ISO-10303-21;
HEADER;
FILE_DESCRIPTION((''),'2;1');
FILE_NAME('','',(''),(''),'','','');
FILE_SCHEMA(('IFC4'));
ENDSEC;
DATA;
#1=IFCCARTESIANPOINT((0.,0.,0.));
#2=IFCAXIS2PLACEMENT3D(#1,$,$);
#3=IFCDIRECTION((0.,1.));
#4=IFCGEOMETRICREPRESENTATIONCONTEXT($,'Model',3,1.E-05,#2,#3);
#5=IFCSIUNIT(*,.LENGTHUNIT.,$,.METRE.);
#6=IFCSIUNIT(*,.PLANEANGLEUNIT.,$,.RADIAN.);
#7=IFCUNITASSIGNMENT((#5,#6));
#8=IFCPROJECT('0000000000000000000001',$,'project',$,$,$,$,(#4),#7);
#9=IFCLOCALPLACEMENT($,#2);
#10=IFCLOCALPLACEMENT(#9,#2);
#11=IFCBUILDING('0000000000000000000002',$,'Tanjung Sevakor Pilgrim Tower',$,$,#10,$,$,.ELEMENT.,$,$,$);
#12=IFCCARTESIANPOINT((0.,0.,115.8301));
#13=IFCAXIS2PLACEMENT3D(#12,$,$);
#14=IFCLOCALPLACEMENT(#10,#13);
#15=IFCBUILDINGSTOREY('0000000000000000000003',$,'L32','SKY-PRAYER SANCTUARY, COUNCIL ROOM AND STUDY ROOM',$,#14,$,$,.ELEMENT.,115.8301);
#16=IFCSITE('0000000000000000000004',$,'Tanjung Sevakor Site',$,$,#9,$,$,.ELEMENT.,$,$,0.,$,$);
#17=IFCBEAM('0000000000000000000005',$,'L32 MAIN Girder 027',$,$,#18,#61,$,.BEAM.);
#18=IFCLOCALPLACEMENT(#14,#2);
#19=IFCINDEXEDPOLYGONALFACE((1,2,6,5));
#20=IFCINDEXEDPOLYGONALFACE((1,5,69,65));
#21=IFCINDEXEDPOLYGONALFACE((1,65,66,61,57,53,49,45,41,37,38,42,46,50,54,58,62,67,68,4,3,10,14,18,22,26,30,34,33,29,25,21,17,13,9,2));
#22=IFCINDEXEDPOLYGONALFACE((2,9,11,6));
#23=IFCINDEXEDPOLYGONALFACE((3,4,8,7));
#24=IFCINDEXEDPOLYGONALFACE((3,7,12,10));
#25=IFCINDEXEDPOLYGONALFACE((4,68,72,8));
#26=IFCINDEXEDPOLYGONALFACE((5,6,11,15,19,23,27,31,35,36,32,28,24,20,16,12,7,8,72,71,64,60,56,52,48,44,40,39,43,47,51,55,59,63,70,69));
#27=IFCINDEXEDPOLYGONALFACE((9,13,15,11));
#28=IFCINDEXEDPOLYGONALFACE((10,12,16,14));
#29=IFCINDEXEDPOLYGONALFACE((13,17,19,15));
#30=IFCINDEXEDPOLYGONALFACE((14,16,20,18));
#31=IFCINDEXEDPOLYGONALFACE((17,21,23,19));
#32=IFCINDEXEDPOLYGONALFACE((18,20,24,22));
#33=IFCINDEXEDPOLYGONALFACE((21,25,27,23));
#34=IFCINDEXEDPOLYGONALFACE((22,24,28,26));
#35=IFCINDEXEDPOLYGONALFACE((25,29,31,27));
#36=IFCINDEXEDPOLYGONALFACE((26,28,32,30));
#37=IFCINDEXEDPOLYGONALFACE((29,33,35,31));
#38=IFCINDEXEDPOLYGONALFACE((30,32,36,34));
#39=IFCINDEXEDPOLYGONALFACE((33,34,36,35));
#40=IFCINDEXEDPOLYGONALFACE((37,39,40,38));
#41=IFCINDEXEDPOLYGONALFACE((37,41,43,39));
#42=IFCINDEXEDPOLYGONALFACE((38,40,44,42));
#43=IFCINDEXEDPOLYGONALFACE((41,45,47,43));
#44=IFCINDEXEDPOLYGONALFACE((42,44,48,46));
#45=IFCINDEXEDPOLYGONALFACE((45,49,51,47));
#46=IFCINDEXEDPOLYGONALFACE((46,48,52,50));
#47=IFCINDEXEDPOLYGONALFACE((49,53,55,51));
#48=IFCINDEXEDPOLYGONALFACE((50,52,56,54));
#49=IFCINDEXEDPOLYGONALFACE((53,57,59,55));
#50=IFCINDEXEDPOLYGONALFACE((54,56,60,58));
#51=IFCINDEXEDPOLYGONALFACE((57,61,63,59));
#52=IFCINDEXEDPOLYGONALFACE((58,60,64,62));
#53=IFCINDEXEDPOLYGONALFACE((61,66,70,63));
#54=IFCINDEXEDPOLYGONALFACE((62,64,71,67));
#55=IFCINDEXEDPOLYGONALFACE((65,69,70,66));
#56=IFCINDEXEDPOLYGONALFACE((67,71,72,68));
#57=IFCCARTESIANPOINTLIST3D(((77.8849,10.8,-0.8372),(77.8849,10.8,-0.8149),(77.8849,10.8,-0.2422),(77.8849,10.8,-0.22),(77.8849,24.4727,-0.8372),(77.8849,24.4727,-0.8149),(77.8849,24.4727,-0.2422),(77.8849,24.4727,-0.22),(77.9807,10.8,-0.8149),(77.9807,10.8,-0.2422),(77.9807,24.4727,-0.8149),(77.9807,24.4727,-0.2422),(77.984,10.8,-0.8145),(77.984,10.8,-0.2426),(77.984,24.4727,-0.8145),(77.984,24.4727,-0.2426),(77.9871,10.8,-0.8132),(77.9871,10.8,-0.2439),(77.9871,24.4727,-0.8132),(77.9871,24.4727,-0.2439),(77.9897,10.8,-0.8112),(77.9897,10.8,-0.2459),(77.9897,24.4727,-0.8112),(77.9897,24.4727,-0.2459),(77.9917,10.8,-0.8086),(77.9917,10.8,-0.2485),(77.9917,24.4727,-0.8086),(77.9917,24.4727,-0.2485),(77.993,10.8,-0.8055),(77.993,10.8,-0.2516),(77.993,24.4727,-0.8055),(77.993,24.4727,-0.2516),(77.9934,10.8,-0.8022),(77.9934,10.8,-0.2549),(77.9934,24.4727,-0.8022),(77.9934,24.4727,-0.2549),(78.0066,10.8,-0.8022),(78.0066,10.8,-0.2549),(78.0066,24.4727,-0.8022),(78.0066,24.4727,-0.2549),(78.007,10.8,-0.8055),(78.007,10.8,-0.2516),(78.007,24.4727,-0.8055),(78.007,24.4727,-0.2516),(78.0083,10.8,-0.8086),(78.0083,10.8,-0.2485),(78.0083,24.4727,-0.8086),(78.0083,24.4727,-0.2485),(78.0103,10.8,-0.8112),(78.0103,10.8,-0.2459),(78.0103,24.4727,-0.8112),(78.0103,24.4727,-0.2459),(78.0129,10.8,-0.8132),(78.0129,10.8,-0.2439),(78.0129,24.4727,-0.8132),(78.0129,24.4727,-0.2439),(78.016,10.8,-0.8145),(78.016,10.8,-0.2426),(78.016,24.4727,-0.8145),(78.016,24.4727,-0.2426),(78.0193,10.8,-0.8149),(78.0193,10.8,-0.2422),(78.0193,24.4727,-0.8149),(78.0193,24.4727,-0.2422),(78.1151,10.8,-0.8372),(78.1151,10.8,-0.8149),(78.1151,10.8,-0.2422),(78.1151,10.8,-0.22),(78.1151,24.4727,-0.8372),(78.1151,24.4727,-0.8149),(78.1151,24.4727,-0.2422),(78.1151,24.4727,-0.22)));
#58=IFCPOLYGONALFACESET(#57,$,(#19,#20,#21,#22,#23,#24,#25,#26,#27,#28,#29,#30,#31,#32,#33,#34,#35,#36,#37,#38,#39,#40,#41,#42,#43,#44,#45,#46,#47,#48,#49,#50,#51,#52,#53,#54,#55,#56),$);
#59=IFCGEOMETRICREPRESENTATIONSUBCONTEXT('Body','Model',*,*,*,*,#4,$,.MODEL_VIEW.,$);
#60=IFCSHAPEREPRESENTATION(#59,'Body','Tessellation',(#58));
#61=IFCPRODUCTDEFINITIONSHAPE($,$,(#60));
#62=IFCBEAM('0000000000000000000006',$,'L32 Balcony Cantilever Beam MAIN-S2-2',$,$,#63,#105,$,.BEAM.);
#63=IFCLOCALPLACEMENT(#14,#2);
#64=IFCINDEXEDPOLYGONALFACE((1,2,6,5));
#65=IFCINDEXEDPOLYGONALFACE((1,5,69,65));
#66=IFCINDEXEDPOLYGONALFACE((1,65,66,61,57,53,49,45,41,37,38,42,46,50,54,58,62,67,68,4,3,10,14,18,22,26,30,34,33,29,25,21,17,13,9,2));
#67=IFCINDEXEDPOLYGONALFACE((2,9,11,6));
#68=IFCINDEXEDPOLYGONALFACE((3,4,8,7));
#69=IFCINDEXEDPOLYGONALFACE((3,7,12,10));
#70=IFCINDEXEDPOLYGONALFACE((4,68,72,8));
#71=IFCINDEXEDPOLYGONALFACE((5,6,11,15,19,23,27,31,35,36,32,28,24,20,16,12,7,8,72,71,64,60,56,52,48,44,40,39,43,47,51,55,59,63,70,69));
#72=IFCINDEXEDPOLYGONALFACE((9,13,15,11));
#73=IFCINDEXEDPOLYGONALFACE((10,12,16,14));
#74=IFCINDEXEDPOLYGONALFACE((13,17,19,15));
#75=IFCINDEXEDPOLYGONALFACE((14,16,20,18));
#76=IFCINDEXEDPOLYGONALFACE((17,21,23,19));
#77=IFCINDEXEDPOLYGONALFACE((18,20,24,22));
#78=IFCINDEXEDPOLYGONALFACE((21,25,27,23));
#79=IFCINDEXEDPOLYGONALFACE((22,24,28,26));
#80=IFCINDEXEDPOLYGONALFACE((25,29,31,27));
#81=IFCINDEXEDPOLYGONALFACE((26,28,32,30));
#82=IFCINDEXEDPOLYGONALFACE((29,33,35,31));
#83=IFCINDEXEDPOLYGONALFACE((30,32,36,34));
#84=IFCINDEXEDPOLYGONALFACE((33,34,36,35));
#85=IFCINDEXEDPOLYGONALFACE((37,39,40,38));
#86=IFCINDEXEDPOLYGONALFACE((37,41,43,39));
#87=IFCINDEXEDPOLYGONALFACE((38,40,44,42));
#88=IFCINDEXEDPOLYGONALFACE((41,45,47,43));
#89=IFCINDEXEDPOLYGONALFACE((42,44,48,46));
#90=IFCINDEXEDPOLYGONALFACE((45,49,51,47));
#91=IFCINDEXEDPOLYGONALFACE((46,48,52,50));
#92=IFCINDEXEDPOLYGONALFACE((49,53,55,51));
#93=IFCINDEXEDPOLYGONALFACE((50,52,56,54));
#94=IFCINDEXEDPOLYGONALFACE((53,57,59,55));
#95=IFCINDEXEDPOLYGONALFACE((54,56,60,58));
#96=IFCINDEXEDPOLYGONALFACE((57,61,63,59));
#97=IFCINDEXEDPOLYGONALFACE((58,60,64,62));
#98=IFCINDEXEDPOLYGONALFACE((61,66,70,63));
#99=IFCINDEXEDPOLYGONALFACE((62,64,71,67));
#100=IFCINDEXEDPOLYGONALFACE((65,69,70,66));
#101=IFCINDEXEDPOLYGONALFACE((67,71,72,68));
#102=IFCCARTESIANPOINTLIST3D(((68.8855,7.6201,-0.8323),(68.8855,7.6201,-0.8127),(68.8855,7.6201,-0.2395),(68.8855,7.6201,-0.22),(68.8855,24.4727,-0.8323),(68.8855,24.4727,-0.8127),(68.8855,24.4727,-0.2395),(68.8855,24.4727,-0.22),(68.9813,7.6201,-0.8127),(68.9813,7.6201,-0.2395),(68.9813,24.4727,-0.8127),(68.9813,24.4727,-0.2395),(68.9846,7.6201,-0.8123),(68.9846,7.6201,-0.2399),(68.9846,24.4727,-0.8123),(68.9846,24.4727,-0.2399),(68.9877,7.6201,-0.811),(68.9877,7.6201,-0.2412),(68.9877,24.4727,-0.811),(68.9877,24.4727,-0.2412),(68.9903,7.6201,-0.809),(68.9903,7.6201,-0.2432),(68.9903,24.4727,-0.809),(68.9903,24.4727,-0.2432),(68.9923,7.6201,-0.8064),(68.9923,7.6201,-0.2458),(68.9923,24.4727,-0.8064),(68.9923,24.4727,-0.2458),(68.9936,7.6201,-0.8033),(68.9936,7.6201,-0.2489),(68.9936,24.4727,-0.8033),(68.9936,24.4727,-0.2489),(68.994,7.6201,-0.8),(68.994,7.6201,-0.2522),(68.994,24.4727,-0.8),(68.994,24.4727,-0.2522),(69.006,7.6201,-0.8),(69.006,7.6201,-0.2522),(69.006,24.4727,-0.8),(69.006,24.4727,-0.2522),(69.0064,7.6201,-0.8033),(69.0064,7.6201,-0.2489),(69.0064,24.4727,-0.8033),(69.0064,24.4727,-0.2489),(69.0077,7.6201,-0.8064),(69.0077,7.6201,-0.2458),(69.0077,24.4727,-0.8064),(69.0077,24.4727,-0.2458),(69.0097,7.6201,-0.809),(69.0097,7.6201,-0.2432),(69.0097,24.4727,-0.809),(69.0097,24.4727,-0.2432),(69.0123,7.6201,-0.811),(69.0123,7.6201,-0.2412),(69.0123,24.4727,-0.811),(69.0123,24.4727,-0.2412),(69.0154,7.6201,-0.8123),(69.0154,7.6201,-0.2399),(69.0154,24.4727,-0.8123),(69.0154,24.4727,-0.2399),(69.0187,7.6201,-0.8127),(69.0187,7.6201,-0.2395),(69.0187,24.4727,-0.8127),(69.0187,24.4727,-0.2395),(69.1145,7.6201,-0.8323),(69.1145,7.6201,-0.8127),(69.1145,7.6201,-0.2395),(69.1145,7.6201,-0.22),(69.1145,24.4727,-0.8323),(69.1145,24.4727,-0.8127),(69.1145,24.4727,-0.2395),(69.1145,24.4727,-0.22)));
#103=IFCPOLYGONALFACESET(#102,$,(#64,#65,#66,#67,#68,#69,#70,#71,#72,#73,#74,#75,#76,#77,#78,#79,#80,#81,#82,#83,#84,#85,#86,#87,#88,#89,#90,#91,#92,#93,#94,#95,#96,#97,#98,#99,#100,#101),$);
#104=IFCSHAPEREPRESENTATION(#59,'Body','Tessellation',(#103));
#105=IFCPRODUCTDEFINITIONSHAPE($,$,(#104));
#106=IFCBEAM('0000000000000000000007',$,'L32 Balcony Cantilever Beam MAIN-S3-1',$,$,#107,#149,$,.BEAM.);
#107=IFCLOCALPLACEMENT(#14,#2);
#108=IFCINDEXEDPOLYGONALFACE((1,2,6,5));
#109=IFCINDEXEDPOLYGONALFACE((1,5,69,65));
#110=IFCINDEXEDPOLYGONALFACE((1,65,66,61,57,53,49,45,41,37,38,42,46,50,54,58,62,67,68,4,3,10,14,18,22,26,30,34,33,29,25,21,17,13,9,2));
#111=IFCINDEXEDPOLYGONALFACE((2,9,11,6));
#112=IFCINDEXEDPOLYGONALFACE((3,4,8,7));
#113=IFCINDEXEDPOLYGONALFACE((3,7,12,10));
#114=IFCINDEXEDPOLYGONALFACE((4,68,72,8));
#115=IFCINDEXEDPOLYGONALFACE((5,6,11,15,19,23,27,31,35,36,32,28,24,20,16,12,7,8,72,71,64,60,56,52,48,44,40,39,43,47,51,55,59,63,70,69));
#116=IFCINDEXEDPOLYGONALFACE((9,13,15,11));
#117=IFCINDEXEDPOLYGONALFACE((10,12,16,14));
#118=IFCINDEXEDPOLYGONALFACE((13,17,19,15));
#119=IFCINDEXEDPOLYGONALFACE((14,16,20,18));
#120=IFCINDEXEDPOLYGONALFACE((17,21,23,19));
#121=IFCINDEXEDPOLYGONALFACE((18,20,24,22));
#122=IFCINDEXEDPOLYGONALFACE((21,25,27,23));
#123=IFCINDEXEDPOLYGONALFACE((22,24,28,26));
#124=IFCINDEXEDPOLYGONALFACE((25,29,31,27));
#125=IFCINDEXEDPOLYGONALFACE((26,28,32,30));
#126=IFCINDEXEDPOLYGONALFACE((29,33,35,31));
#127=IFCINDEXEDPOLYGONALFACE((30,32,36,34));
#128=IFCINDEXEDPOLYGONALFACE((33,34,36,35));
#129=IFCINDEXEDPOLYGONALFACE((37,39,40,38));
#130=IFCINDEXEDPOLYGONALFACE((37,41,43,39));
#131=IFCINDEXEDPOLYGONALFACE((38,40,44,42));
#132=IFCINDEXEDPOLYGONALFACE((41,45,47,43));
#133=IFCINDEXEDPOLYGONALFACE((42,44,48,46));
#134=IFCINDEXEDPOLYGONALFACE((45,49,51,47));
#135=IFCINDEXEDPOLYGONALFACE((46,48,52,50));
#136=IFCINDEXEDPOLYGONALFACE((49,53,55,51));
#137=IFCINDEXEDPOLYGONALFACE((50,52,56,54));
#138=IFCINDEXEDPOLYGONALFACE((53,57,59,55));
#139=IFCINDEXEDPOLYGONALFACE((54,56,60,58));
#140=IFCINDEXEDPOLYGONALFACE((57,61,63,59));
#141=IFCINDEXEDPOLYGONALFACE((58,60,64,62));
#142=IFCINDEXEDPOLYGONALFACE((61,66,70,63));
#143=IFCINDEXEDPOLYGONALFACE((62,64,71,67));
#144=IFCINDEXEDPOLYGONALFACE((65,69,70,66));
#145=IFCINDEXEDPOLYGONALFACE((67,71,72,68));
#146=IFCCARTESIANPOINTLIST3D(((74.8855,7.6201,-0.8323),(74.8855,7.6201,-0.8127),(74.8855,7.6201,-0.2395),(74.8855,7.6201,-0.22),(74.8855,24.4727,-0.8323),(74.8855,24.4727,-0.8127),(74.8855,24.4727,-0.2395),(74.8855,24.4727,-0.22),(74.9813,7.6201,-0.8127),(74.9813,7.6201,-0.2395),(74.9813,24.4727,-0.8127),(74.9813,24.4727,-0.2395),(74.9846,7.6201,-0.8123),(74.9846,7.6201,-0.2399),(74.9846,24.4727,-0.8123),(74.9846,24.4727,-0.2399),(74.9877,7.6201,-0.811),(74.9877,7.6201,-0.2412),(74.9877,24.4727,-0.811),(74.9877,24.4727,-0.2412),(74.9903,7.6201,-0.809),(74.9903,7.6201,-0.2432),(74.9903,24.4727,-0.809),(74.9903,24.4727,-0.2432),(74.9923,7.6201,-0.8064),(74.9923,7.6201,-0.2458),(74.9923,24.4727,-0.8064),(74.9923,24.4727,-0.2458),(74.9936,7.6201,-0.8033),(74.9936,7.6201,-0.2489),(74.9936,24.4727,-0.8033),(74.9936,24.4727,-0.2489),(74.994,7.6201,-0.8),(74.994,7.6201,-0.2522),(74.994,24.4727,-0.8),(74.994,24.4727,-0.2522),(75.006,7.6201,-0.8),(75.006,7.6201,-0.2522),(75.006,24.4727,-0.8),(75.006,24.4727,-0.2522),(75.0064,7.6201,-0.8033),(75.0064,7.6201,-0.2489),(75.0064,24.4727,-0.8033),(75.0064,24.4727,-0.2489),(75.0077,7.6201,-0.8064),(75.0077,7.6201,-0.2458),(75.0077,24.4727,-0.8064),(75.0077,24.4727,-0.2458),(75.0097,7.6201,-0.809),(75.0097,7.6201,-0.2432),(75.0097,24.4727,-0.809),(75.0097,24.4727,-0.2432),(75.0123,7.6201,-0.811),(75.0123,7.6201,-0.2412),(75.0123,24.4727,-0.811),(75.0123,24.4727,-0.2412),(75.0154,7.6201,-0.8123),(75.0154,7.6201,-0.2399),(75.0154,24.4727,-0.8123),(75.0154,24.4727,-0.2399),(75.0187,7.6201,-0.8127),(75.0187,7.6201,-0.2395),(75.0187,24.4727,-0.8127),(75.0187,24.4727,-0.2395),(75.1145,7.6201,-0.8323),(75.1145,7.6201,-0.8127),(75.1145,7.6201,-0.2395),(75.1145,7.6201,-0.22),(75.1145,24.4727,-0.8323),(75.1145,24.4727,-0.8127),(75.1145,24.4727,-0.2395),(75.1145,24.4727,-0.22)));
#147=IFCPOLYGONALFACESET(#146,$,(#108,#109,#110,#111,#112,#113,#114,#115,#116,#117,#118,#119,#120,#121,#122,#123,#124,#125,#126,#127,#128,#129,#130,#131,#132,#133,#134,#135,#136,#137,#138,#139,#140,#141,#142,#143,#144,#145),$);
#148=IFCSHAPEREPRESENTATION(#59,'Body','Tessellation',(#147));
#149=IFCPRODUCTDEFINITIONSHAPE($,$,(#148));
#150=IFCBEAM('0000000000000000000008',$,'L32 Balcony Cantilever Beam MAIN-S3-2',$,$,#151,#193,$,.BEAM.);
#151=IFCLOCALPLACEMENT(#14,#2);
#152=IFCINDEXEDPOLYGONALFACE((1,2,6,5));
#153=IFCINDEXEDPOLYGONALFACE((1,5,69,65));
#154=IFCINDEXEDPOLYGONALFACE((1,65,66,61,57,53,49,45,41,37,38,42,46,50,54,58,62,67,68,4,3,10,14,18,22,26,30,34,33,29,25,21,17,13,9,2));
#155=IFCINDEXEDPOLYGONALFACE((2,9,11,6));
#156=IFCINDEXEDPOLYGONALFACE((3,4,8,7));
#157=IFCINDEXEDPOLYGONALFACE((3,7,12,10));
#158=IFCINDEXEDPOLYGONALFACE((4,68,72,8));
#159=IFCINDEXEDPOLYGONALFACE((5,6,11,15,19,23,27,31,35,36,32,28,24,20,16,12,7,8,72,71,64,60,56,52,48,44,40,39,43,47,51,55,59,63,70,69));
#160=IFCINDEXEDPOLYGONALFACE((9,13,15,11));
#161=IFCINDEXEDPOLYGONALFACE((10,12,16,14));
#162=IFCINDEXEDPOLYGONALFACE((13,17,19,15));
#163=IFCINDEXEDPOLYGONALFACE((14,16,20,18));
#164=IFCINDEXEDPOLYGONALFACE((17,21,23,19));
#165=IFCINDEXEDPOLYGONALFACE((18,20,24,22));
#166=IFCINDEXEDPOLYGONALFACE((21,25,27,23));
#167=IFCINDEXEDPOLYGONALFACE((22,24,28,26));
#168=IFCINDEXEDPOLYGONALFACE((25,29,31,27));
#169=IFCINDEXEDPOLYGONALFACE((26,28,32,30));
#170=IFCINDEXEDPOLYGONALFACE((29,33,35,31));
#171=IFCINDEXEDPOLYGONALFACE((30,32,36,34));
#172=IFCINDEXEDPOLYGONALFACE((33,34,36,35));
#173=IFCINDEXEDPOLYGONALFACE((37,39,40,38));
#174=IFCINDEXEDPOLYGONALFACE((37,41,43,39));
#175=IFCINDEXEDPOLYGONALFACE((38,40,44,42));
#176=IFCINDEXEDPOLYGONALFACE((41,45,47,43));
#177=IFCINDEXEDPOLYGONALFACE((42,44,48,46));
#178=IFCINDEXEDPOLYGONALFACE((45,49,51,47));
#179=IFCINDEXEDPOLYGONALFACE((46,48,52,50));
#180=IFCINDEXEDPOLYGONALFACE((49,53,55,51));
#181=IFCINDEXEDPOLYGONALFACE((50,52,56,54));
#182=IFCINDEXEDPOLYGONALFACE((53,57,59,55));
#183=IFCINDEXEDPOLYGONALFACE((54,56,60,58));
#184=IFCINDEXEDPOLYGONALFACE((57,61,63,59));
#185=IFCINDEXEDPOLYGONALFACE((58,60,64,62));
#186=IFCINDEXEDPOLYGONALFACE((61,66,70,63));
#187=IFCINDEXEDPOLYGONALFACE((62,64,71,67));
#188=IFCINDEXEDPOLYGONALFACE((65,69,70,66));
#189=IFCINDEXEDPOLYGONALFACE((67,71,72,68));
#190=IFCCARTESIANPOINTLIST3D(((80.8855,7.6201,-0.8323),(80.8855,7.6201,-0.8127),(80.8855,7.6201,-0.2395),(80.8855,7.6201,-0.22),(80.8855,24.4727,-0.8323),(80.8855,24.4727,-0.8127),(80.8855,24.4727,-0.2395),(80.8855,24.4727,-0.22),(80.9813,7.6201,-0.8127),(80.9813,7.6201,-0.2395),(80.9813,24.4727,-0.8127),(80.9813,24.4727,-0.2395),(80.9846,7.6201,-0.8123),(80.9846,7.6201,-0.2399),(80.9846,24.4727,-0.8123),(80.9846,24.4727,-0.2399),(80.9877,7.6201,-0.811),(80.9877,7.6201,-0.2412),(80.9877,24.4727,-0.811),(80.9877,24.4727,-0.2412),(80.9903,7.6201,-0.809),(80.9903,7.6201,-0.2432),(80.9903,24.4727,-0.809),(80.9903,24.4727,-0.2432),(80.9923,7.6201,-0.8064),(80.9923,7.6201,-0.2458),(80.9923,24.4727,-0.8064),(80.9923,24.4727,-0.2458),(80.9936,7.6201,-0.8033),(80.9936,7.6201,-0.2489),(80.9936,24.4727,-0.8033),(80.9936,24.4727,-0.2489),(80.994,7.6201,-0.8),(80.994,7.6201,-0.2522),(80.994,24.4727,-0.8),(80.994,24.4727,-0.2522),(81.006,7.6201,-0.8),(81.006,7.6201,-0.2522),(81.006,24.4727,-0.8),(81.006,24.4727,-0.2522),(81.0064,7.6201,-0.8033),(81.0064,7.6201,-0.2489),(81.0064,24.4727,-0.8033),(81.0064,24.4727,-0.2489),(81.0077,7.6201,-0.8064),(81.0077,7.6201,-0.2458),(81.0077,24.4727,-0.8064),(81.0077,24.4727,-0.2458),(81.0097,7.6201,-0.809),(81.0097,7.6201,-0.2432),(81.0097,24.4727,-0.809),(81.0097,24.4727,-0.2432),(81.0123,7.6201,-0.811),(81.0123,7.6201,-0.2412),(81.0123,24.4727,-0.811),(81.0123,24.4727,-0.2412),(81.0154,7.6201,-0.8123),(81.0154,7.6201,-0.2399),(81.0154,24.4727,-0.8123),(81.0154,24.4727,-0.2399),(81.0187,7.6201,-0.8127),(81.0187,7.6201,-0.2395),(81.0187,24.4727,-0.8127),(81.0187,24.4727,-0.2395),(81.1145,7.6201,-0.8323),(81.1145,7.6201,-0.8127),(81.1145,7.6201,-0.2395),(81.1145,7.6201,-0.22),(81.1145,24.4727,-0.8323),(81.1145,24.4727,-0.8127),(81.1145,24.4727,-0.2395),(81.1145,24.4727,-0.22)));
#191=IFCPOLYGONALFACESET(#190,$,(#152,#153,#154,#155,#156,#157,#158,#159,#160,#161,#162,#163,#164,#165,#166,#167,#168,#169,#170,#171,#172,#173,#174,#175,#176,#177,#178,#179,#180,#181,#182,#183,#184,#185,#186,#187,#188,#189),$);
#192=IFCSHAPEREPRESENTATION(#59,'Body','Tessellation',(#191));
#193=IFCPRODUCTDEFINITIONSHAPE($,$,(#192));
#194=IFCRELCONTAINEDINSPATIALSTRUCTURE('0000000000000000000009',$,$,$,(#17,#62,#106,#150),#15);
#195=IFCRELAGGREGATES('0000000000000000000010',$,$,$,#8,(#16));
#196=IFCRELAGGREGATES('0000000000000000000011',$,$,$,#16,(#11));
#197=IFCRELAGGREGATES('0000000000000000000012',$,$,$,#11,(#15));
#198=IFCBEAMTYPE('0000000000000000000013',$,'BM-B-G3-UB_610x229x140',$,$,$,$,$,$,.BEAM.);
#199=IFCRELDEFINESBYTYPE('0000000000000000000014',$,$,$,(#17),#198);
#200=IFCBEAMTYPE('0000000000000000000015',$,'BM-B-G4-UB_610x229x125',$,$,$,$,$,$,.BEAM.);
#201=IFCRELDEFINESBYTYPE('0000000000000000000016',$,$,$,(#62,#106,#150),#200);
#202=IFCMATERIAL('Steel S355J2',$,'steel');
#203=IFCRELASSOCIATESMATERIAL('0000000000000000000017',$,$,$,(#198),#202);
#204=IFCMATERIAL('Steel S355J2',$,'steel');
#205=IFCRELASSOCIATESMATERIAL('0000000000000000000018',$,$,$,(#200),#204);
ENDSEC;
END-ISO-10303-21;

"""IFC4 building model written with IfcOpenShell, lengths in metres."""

from ifc_helpers import new_model, si_unit, direction, frame, origin, origin_2d, place, context, subcontext, project, spatial, i_section, extrude, material, material_profile, profile_set, type_object, element, save


model = new_model("IFC4")

# Units and contexts
model_context = context("Model", 3, precision=1e-05, world=origin(), true_north=direction((0.0, 1.0)))
body_context = subcontext(model_context, "Body", "Model", "MODEL_VIEW")
ifc_project = project(units=[si_unit("LENGTHUNIT", "METRE"), si_unit("PLANEANGLEUNIT", "RADIAN")], contexts=[model_context])

# Site, building, storey
site_placement = place(None, origin())
site = spatial("IfcSite", under=ifc_project, at=site_placement, Name="Tanjung Sevakor Site", CompositionType="ELEMENT", RefElevation=0.0)
building_placement = place(site_placement, origin())
building = spatial("IfcBuilding", under=site, at=building_placement, Name="Tanjung Sevakor Pilgrim Tower", CompositionType="ELEMENT")
storey_placement = place(building_placement, frame((0.0, 0.0, 115.8301)))
storey = spatial("IfcBuildingStorey", under=building, at=storey_placement, Name="L32", Description="SKY-PRAYER SANCTUARY, COUNCIL ROOM AND STUDY ROOM", CompositionType="ELEMENT", Elevation=115.8301)

# Beams
ifc_material_1 = material(Name="Steel S355J2", Category="steel")
ifc_material_profile_1 = material_profile(ifc_material_1, i_section(OverallWidth=0.2302, OverallDepth=0.6172, WebThickness=0.0132, FlangeThickness=0.0222, FilletRadius=0.0127, at=origin_2d()))
ifc_profile_set_1 = profile_set([ifc_material_profile_1], Name="Steel S355J2")
beam_type_1 = type_object("IfcBeamType", Name="BM-B-G3-UB_610x229x140", PredefinedType="BEAM", material=ifc_profile_set_1)
beam_1_placement = place(storey_placement, frame((78.0, 10.8, -0.5286), z_axis=(0.0, 1.0, 0.0), x_axis=(-1.0, 0.0, 0.0)))
element("IfcBeam", 1, at=beam_1_placement, inside=storey, type_object=beam_type_1, Name="L32 MAIN Girder 027", PredefinedType="BEAM", context=body_context, shape_type="SweptSolid", body=[
    extrude(i_section(OverallWidth=0.2302, OverallDepth=0.6172, WebThickness=0.0132, FlangeThickness=0.0222, FilletRadius=0.0127, at=origin_2d()), origin(), (0.0, 0.0, 1.0), 13.6726),
])
ifc_material_2 = material(Name="Steel S355J2", Category="steel")
ifc_material_profile_2 = material_profile(ifc_material_2, i_section(OverallWidth=0.229, OverallDepth=0.6123, WebThickness=0.012, FlangeThickness=0.0195, FilletRadius=0.0127, at=origin_2d()))
ifc_profile_set_2 = profile_set([ifc_material_profile_2], Name="Steel S355J2")
beam_type_2 = type_object("IfcBeamType", Name="BM-B-G4-UB_610x229x125", PredefinedType="BEAM", material=ifc_profile_set_2)
for number, where, z_axis, x_axis, name in (
    (2, (69.0, 24.4727, -0.5261), (0.0, -1.0, 0.0), (1.0, 0.0, 0.0), "L32 Balcony Cantilever Beam MAIN-S2-2"),
    (3, (75.0, 24.4727, -0.5261), (0.0, -1.0, 0.0), (1.0, 0.0, 0.0), "L32 Balcony Cantilever Beam MAIN-S3-1"),
    (4, (81.0, 24.4727, -0.5261), (0.0, -1.0, 0.0), (1.0, 0.0, 0.0), "L32 Balcony Cantilever Beam MAIN-S3-2"),
):
    element("IfcBeam", number, at=place(storey_placement, frame(where, z_axis=z_axis, x_axis=x_axis)), inside=storey, type_object=beam_type_2, Name=name, PredefinedType="BEAM", context=body_context, shape_type="SweptSolid", body=[
        extrude(i_section(OverallWidth=0.229, OverallDepth=0.6123, WebThickness=0.012, FlangeThickness=0.0195, FilletRadius=0.0127, at=origin_2d()), origin(), (0.0, 0.0, 1.0), 16.8525),
    ])

save(model, "model.ifc")
